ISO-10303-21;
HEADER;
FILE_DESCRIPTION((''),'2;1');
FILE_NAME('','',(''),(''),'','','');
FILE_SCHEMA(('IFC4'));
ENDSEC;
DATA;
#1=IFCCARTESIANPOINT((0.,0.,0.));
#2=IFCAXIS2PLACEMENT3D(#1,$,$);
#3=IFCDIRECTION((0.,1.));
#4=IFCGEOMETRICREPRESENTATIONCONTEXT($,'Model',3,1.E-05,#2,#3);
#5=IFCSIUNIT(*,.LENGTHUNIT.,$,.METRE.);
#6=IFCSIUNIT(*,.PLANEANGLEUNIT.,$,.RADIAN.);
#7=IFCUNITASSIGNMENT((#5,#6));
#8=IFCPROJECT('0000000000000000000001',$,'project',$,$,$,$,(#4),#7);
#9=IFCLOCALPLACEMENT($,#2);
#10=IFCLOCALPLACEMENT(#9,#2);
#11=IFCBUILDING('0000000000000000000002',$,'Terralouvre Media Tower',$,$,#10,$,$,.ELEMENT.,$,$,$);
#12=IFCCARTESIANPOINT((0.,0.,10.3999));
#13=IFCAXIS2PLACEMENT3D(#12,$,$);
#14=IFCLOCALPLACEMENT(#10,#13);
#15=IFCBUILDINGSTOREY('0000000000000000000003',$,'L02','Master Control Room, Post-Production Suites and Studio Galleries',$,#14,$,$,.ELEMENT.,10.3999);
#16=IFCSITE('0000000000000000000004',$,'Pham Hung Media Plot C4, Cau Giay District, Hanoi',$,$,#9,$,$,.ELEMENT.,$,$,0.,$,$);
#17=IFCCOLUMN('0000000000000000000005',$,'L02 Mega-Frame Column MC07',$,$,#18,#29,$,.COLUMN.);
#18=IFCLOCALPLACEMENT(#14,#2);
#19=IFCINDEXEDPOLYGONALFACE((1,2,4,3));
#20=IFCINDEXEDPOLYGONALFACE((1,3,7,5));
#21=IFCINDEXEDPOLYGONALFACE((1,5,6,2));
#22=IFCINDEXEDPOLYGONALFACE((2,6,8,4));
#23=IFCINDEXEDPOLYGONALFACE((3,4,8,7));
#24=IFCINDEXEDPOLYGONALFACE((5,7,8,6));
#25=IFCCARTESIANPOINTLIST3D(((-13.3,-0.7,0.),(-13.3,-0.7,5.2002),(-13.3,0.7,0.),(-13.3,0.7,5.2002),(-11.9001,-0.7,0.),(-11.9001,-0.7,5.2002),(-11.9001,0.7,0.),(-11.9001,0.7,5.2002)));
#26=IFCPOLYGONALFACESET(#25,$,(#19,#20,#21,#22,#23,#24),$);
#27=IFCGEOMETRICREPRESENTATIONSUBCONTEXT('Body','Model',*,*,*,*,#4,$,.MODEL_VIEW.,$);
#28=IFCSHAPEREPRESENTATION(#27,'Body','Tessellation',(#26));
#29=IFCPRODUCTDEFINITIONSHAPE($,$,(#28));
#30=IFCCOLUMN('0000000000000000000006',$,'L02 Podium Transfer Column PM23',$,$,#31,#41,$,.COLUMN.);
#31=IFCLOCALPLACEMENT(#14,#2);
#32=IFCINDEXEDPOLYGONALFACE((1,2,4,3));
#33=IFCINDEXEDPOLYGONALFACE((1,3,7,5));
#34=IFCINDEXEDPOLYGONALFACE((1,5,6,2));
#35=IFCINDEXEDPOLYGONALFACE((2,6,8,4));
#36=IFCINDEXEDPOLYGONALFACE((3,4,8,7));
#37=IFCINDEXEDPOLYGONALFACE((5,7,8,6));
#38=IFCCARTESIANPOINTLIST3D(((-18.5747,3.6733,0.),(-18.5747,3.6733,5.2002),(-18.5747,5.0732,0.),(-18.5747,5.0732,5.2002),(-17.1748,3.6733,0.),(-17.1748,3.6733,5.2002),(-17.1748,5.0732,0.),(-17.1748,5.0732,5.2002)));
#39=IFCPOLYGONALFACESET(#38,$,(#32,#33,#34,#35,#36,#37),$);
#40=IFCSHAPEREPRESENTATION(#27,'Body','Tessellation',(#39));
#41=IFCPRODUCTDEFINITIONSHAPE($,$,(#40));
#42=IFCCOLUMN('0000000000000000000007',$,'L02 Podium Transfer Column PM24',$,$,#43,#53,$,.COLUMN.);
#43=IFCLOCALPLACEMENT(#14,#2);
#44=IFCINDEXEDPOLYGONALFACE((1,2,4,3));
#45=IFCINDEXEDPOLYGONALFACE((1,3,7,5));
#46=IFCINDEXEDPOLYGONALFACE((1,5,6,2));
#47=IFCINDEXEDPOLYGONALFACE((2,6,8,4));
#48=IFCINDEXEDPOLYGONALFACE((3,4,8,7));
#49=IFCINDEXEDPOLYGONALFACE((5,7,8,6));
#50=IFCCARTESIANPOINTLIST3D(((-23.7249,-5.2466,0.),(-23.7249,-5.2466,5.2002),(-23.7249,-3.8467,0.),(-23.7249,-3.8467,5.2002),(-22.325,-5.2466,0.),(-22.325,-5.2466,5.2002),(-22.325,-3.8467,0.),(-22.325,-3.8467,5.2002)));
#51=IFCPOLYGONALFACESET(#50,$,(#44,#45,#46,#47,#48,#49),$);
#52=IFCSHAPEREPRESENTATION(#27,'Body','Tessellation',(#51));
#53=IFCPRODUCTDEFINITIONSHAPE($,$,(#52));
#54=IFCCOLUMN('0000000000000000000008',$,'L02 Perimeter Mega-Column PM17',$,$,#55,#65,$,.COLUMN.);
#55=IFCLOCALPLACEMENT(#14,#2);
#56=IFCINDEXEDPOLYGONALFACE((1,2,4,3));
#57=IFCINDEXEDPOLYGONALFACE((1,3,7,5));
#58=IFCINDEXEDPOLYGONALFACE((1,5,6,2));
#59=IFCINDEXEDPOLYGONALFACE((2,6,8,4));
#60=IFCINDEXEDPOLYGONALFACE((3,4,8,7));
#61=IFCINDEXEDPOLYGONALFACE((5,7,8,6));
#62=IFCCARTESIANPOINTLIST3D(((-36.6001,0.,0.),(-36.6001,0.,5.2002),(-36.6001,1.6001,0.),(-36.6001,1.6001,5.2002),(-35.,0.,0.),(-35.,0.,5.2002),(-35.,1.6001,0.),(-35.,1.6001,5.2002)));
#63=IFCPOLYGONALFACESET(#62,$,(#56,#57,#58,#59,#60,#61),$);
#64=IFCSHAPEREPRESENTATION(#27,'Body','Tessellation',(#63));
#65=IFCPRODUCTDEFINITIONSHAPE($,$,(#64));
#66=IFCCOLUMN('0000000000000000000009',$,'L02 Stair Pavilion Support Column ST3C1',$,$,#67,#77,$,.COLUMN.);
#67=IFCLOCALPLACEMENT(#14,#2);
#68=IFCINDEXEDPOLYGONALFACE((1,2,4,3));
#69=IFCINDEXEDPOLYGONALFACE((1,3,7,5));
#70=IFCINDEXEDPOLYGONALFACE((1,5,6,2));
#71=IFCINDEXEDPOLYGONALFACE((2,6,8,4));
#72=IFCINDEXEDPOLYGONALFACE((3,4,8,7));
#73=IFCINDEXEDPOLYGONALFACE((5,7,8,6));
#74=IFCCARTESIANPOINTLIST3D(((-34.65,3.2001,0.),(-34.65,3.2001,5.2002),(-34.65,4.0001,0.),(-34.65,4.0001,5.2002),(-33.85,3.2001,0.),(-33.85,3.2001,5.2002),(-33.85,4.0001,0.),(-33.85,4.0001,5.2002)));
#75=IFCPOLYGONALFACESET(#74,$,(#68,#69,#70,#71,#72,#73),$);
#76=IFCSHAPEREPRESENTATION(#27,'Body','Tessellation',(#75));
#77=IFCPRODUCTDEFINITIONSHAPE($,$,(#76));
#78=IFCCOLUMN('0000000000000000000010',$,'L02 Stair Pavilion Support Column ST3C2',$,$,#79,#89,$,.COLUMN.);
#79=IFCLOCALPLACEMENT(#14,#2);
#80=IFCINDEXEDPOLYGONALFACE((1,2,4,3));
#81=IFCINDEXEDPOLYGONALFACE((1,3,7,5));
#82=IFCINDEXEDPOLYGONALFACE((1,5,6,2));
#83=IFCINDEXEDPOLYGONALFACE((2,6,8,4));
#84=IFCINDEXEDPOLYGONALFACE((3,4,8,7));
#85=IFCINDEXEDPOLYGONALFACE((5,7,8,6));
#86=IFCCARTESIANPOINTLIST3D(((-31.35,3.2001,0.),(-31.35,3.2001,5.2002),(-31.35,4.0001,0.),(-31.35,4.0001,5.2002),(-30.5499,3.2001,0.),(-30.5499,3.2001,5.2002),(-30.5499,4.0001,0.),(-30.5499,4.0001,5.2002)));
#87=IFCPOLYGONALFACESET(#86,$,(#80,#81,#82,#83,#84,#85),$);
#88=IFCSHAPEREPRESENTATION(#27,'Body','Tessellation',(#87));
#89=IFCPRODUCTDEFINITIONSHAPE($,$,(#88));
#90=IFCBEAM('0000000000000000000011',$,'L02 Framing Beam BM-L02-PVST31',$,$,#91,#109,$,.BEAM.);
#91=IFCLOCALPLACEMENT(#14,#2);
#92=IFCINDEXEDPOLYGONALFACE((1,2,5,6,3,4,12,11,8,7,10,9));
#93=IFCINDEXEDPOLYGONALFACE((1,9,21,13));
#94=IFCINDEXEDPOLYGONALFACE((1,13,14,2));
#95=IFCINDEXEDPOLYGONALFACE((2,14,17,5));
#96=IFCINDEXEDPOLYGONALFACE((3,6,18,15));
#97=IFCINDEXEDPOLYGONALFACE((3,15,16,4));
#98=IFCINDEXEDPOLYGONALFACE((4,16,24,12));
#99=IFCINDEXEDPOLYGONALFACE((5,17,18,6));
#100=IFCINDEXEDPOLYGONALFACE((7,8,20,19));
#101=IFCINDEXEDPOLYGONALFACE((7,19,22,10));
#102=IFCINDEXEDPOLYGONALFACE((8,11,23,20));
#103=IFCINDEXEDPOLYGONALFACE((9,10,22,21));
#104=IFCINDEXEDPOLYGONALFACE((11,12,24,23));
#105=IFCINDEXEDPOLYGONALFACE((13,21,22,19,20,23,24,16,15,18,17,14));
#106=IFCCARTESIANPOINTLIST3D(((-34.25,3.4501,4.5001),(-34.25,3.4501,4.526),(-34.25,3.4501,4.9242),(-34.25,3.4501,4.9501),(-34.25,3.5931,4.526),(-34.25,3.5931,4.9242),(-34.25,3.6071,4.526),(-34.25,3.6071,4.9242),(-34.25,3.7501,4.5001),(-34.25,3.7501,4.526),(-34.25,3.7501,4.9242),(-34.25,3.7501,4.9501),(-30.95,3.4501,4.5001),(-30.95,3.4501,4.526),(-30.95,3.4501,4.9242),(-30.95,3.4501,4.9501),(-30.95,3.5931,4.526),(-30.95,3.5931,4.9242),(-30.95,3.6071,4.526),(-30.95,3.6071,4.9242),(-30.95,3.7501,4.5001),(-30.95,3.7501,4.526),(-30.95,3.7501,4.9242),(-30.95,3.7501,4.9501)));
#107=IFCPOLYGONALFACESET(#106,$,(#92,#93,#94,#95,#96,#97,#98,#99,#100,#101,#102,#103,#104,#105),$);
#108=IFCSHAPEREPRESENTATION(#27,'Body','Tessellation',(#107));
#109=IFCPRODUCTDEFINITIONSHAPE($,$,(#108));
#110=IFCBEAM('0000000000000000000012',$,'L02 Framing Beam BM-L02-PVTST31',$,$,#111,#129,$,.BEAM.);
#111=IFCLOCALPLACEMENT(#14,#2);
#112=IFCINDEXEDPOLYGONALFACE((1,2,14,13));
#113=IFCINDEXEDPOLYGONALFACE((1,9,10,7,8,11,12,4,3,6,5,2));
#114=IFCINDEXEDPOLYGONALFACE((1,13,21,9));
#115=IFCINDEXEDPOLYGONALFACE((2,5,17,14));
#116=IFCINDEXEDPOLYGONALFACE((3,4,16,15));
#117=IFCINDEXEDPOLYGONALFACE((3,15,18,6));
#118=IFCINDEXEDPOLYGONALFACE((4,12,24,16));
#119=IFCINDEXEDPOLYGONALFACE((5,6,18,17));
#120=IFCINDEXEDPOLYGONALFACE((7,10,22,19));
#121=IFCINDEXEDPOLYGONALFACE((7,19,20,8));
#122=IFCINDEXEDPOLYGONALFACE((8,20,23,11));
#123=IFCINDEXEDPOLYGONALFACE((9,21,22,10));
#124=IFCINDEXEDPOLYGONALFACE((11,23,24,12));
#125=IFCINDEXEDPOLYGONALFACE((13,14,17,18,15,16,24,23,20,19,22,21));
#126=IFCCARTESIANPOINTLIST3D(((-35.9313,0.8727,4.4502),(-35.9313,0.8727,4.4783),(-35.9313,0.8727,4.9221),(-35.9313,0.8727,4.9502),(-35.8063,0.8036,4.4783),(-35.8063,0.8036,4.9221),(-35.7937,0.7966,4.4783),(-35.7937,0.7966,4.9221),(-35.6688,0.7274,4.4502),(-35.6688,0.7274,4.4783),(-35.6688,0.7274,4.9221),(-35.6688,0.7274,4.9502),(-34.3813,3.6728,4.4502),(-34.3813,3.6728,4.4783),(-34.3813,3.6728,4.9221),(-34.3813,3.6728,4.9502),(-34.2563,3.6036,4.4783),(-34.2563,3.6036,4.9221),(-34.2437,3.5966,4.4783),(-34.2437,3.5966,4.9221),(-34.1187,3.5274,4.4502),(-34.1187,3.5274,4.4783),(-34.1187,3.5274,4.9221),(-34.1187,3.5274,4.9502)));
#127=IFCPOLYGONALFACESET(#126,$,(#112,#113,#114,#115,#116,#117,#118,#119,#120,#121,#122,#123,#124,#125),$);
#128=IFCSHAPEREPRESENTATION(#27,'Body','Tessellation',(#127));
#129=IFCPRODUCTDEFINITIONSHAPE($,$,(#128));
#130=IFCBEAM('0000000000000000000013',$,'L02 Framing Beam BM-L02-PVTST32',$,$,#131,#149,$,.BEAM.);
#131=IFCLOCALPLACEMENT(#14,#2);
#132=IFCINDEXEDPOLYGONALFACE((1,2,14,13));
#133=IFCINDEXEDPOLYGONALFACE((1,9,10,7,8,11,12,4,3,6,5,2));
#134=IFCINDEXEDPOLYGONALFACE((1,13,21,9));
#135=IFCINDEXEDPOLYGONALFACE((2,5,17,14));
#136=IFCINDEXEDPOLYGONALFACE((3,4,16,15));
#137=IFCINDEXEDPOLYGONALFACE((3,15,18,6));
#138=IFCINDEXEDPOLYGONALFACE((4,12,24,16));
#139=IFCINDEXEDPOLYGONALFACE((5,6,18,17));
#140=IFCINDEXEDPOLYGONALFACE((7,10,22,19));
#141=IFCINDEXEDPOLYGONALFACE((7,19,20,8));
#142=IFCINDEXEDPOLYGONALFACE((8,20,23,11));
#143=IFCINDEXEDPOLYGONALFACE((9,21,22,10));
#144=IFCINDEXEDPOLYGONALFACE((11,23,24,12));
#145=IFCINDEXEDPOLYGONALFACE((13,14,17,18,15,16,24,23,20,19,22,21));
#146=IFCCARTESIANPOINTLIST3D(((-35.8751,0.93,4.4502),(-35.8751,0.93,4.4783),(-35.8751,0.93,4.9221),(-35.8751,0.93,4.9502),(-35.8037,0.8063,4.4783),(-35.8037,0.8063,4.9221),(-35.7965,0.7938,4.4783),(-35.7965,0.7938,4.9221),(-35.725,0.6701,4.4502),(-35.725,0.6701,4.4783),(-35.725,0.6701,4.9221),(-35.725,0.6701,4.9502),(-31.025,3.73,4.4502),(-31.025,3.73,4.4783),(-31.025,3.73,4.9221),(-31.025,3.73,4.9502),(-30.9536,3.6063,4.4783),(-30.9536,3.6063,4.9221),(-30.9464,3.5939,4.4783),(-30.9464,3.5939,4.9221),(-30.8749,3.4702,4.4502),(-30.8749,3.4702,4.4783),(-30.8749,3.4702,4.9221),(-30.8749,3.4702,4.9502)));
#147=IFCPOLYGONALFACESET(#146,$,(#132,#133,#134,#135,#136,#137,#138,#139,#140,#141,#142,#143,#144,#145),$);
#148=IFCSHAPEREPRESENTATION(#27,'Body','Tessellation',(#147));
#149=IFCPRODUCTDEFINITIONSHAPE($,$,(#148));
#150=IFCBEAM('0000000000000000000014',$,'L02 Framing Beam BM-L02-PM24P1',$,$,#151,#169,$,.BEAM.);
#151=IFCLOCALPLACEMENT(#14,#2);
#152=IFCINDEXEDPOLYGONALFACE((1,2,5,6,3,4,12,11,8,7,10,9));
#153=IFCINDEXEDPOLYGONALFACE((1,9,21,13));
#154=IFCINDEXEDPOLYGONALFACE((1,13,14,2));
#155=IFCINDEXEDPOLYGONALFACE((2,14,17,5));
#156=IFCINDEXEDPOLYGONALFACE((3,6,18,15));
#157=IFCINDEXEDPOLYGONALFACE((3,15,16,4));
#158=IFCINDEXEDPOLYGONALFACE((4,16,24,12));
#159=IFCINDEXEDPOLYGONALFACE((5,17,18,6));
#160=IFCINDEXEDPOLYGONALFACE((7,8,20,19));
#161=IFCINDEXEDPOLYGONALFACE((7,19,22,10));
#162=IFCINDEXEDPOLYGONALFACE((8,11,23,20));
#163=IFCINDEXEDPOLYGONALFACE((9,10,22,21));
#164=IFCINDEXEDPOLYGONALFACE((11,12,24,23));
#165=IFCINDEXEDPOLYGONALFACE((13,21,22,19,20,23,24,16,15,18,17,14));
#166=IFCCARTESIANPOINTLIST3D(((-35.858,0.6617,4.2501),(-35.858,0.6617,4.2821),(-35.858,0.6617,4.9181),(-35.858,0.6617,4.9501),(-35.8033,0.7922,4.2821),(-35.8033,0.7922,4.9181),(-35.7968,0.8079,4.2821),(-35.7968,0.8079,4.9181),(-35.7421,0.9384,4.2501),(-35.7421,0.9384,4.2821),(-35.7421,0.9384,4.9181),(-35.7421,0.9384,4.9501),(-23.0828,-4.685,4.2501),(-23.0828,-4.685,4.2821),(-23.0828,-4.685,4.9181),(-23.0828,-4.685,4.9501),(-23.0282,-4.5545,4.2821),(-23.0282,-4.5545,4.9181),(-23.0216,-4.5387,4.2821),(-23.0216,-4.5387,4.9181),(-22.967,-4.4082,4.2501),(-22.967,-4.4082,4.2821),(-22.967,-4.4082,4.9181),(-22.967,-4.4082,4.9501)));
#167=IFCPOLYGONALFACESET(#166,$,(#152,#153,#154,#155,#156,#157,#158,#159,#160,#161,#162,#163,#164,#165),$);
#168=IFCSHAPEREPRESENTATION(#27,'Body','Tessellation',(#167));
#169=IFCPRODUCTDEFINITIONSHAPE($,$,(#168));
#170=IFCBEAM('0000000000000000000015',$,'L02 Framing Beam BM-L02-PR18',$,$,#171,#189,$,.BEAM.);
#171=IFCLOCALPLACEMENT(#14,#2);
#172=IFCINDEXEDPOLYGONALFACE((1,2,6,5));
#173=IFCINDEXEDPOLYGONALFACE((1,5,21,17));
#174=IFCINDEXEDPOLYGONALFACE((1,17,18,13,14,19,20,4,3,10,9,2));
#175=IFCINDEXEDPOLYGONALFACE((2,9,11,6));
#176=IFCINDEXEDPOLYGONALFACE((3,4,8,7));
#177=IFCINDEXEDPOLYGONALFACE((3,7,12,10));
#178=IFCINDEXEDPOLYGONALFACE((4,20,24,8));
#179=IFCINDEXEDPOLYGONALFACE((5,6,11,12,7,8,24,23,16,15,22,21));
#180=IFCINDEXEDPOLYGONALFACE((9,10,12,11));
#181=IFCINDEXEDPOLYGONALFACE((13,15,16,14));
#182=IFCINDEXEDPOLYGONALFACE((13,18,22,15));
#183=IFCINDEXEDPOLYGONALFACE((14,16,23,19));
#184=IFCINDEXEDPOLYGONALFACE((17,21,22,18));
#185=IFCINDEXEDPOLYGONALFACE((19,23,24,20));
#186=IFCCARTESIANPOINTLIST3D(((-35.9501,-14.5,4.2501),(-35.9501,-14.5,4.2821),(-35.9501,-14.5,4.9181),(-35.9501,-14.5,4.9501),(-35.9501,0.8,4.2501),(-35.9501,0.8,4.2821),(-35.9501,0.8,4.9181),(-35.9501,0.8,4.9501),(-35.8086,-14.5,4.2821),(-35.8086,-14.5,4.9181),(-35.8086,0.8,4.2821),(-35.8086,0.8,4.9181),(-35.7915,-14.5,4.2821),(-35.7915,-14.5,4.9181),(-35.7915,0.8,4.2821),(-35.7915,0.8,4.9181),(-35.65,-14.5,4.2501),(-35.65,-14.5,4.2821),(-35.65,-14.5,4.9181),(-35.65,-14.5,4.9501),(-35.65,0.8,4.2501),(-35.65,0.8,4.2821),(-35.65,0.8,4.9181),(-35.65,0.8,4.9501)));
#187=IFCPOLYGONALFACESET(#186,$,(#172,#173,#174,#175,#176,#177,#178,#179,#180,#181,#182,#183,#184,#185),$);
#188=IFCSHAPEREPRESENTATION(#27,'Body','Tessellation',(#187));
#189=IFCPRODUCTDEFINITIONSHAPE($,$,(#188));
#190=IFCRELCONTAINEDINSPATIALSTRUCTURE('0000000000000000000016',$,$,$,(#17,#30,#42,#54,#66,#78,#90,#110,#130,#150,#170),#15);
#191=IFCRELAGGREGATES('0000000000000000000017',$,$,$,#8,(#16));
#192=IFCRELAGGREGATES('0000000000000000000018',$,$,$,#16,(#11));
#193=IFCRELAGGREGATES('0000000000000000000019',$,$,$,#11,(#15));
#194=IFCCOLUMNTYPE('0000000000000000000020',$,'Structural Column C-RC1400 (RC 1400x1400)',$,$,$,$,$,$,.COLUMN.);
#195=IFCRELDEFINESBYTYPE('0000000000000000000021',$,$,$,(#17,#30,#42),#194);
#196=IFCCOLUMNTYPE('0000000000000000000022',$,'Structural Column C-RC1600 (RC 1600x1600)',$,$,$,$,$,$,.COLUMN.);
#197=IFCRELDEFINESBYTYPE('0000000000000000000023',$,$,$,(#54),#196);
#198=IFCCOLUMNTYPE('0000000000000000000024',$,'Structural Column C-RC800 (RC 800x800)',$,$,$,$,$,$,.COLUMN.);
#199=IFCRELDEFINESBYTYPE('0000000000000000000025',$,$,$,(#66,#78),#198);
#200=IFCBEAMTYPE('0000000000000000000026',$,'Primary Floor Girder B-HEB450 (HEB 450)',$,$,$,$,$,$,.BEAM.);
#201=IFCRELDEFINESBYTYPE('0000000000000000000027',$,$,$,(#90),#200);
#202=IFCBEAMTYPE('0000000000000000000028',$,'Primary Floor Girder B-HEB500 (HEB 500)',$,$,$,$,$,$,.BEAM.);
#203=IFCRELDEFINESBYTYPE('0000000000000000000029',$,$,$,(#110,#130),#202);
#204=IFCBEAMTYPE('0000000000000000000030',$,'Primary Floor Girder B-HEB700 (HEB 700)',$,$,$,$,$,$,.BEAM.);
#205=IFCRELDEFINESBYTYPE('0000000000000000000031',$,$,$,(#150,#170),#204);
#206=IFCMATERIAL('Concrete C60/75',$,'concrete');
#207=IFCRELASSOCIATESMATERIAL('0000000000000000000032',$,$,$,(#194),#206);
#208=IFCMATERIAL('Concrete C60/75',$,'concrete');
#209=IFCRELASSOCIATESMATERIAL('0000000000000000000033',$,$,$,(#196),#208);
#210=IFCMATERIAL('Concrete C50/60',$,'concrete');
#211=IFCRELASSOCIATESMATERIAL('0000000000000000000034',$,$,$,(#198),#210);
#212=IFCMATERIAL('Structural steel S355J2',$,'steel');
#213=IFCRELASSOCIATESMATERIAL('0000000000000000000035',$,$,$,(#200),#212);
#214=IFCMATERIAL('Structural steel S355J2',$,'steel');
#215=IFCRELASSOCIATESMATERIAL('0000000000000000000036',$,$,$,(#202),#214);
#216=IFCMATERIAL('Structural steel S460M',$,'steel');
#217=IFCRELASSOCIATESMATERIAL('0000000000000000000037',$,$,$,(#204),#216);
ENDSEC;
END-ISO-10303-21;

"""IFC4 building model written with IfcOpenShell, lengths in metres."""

from ifc_helpers import new_model, si_unit, direction, frame, origin, origin_2d, place, context, subcontext, project, spatial, rectangle, i_section, extrude, material, material_profile, profile_set, type_object, element, save


model = new_model("IFC4")

# Units and contexts
model_context = context("Model", 3, precision=1e-05, world=origin(), true_north=direction((0.0, 1.0)))
body_context = subcontext(model_context, "Body", "Model", "MODEL_VIEW")
ifc_project = project(units=[si_unit("LENGTHUNIT", "METRE"), si_unit("PLANEANGLEUNIT", "RADIAN")], contexts=[model_context])

# Site, building, storey
site_placement = place(None, origin())
site = spatial("IfcSite", under=ifc_project, at=site_placement, Name="Pham Hung Media Plot C4, Cau Giay District, Hanoi", CompositionType="ELEMENT", RefElevation=0.0)
building_placement = place(site_placement, origin())
building = spatial("IfcBuilding", under=site, at=building_placement, Name="Terralouvre Media Tower", CompositionType="ELEMENT")
storey_placement = place(building_placement, frame((0.0, 0.0, 10.3999)))
storey = spatial("IfcBuildingStorey", under=building, at=storey_placement, Name="L02", Description="Master Control Room, Post-Production Suites and Studio Galleries", CompositionType="ELEMENT", Elevation=10.3999)

# Columns
ifc_material_1 = material(Name="Concrete C60/75", Category="concrete")
ifc_material_profile_1 = material_profile(ifc_material_1, rectangle(XDim=1.3999, YDim=1.3999, at=origin_2d()), Name="RC 1400x1400")
ifc_profile_set_1 = profile_set([ifc_material_profile_1], Name="Concrete C60/75")
column_type_1 = type_object("IfcColumnType", Name="Structural Column C-RC1400 (RC 1400x1400)", PredefinedType="COLUMN", material=ifc_profile_set_1)
for number, where, z_axis, x_axis, name in (
    (1, (-12.6001, 0.0, 0.0), (0.0, 0.0, 1.0), (1.0, 0.0, 0.0), "L02 Mega-Frame Column MC07"),
    (2, (-17.8748, 4.3733, 0.0), (0.0, 0.0, 1.0), (1.0, 0.0, 0.0), "L02 Podium Transfer Column PM23"),
    (3, (-23.0249, -4.5466, 0.0), (0.0, 0.0, 1.0), (1.0, 0.0, 0.0), "L02 Podium Transfer Column PM24"),
):
    element("IfcColumn", number, at=place(storey_placement, frame(where, z_axis=z_axis, x_axis=x_axis)), inside=storey, type_object=column_type_1, Name=name, PredefinedType="COLUMN", context=body_context, shape_type="SweptSolid", body=[
        extrude(rectangle(XDim=1.3999, YDim=1.3999, at=origin_2d()), origin(), (0.0, 0.0, 1.0), 5.2002),
    ])
ifc_material_2 = material(Name="Concrete C60/75", Category="concrete")
ifc_material_profile_2 = material_profile(ifc_material_2, rectangle(XDim=1.6001, YDim=1.6001, at=origin_2d()), Name="RC 1600x1600")
ifc_profile_set_2 = profile_set([ifc_material_profile_2], Name="Concrete C60/75")
column_type_2 = type_object("IfcColumnType", Name="Structural Column C-RC1600 (RC 1600x1600)", PredefinedType="COLUMN", material=ifc_profile_set_2)
column_placement = place(storey_placement, frame((-35.8, 0.8, 0.0), z_axis=(0.0, 0.0, 1.0), x_axis=(1.0, 0.0, 0.0)))
element("IfcColumn", 4, at=column_placement, inside=storey, type_object=column_type_2, Name="L02 Perimeter Mega-Column PM17", PredefinedType="COLUMN", context=body_context, shape_type="SweptSolid", body=[
    extrude(rectangle(XDim=1.6001, YDim=1.6001, at=origin_2d()), origin(), (0.0, 0.0, 1.0), 5.2002),
])
ifc_material_3 = material(Name="Concrete C50/60", Category="concrete")
ifc_material_profile_3 = material_profile(ifc_material_3, rectangle(XDim=0.8, YDim=0.8, at=origin_2d()), Name="RC 800x800")
ifc_profile_set_3 = profile_set([ifc_material_profile_3], Name="Concrete C50/60")
column_type_3 = type_object("IfcColumnType", Name="Structural Column C-RC800 (RC 800x800)", PredefinedType="COLUMN", material=ifc_profile_set_3)
for number, where, z_axis, x_axis, name in (
    (5, (-34.25, 3.6001, 0.0), (0.0, 0.0, 1.0), (1.0, 0.0, 0.0), "L02 Stair Pavilion Support Column ST3C1"),
    (6, (-30.95, 3.6001, 0.0), (0.0, 0.0, 1.0), (1.0, 0.0, 0.0), "L02 Stair Pavilion Support Column ST3C2"),
):
    element("IfcColumn", number, at=place(storey_placement, frame(where, z_axis=z_axis, x_axis=x_axis)), inside=storey, type_object=column_type_3, Name=name, PredefinedType="COLUMN", context=body_context, shape_type="SweptSolid", body=[
        extrude(rectangle(XDim=0.8, YDim=0.8, at=origin_2d()), origin(), (0.0, 0.0, 1.0), 5.2002),
    ])

# Beams
ifc_material_4 = material(Name="Structural steel S355J2", Category="steel")
ifc_material_profile_4 = material_profile(ifc_material_4, i_section(OverallWidth=0.3, OverallDepth=0.45, WebThickness=0.0139, FlangeThickness=0.0259, at=origin_2d()), Name="HEB 450")
ifc_profile_set_4 = profile_set([ifc_material_profile_4], Name="Structural steel S355J2")
beam_type_1 = type_object("IfcBeamType", Name="Primary Floor Girder B-HEB450 (HEB 450)", PredefinedType="BEAM", material=ifc_profile_set_4)
beam_1_placement = place(storey_placement, frame((-34.25, 3.6001, 4.7251), z_axis=(1.0, 0.0, 0.0), x_axis=(0.0, 1.0, 0.0)))
element("IfcBeam", 7, at=beam_1_placement, inside=storey, type_object=beam_type_1, Name="L02 Framing Beam BM-L02-PVST31", PredefinedType="BEAM", context=body_context, shape_type="SweptSolid", body=[
    extrude(i_section(OverallWidth=0.3, OverallDepth=0.45, WebThickness=0.0139, FlangeThickness=0.0259, at=origin_2d()), origin(), (0.0, 0.0, 1.0), 3.3),
])
ifc_material_5 = material(Name="Structural steel S355J2", Category="steel")
ifc_material_profile_5 = material_profile(ifc_material_5, i_section(OverallWidth=0.3, OverallDepth=0.5, WebThickness=0.0144, FlangeThickness=0.0281, at=origin_2d()), Name="HEB 500")
ifc_profile_set_5 = profile_set([ifc_material_profile_5], Name="Structural steel S355J2")
beam_type_2 = type_object("IfcBeamType", Name="Primary Floor Girder B-HEB500 (HEB 500)", PredefinedType="BEAM", material=ifc_profile_set_5)
beam_2_placement = place(storey_placement, frame((-34.25, 3.6001, 4.7002), z_axis=(-0.484321, -0.87489, 0.0), x_axis=(0.87489, -0.484321, 0.0)))
element("IfcBeam", 8, at=beam_2_placement, inside=storey, type_object=beam_type_2, Name="L02 Framing Beam BM-L02-PVTST31", PredefinedType="BEAM", context=body_context, shape_type="SweptSolid", body=[
    extrude(i_section(OverallWidth=0.3, OverallDepth=0.5, WebThickness=0.0144, FlangeThickness=0.0281, at=origin_2d()), origin(), (0.0, 0.0, 1.0), 3.2004),
])
beam_3_placement = place(storey_placement, frame((-30.95, 3.6001, 4.7002), z_axis=(-0.866037, -0.499979, 0.0), x_axis=(0.499979, -0.866037, 0.0)))
element("IfcBeam", 9, at=beam_3_placement, inside=storey, type_object=beam_type_2, Name="L02 Framing Beam BM-L02-PVTST32", PredefinedType="BEAM", context=body_context, shape_type="SweptSolid", body=[
    extrude(i_section(OverallWidth=0.3, OverallDepth=0.5, WebThickness=0.0144, FlangeThickness=0.0281, at=origin_2d()), origin(), (0.0, 0.0, 1.0), 5.6003),
])
ifc_material_6 = material(Name="Structural steel S460M", Category="steel")
ifc_material_profile_6 = material_profile(ifc_material_6, i_section(OverallWidth=0.3, OverallDepth=0.7, WebThickness=0.0171, FlangeThickness=0.032, at=origin_2d()), Name="HEB 700")
ifc_profile_set_6 = profile_set([ifc_material_profile_6], Name="Structural steel S460M")
beam_type_3 = type_object("IfcBeamType", Name="Primary Floor Girder B-HEB700 (HEB 700)", PredefinedType="BEAM", material=ifc_profile_set_6)
beam_4_placement = place(storey_placement, frame((-23.0249, -4.5466, 4.6001), z_axis=(-0.922468, 0.386073, 0.0), x_axis=(-0.386073, -0.922468, 0.0)))
element("IfcBeam", 10, at=beam_4_placement, inside=storey, type_object=beam_type_3, Name="L02 Framing Beam BM-L02-PM24P1", PredefinedType="BEAM", context=body_context, shape_type="SweptSolid", body=[
    extrude(i_section(OverallWidth=0.3, OverallDepth=0.7, WebThickness=0.0171, FlangeThickness=0.032, at=origin_2d()), origin(), (0.0, 0.0, 1.0), 13.8489),
])
beam_5_placement = place(storey_placement, frame((-35.8, 0.8, 4.6001), z_axis=(0.0, -1.0, 0.0), x_axis=(1.0, 0.0, 0.0)))
element("IfcBeam", 11, at=beam_5_placement, inside=storey, type_object=beam_type_3, Name="L02 Framing Beam BM-L02-PR18", PredefinedType="BEAM", context=body_context, shape_type="SweptSolid", body=[
    extrude(i_section(OverallWidth=0.3, OverallDepth=0.7, WebThickness=0.0171, FlangeThickness=0.032, at=origin_2d()), origin(), (0.0, 0.0, 1.0), 15.3),
])

save(model, "model.ifc")
